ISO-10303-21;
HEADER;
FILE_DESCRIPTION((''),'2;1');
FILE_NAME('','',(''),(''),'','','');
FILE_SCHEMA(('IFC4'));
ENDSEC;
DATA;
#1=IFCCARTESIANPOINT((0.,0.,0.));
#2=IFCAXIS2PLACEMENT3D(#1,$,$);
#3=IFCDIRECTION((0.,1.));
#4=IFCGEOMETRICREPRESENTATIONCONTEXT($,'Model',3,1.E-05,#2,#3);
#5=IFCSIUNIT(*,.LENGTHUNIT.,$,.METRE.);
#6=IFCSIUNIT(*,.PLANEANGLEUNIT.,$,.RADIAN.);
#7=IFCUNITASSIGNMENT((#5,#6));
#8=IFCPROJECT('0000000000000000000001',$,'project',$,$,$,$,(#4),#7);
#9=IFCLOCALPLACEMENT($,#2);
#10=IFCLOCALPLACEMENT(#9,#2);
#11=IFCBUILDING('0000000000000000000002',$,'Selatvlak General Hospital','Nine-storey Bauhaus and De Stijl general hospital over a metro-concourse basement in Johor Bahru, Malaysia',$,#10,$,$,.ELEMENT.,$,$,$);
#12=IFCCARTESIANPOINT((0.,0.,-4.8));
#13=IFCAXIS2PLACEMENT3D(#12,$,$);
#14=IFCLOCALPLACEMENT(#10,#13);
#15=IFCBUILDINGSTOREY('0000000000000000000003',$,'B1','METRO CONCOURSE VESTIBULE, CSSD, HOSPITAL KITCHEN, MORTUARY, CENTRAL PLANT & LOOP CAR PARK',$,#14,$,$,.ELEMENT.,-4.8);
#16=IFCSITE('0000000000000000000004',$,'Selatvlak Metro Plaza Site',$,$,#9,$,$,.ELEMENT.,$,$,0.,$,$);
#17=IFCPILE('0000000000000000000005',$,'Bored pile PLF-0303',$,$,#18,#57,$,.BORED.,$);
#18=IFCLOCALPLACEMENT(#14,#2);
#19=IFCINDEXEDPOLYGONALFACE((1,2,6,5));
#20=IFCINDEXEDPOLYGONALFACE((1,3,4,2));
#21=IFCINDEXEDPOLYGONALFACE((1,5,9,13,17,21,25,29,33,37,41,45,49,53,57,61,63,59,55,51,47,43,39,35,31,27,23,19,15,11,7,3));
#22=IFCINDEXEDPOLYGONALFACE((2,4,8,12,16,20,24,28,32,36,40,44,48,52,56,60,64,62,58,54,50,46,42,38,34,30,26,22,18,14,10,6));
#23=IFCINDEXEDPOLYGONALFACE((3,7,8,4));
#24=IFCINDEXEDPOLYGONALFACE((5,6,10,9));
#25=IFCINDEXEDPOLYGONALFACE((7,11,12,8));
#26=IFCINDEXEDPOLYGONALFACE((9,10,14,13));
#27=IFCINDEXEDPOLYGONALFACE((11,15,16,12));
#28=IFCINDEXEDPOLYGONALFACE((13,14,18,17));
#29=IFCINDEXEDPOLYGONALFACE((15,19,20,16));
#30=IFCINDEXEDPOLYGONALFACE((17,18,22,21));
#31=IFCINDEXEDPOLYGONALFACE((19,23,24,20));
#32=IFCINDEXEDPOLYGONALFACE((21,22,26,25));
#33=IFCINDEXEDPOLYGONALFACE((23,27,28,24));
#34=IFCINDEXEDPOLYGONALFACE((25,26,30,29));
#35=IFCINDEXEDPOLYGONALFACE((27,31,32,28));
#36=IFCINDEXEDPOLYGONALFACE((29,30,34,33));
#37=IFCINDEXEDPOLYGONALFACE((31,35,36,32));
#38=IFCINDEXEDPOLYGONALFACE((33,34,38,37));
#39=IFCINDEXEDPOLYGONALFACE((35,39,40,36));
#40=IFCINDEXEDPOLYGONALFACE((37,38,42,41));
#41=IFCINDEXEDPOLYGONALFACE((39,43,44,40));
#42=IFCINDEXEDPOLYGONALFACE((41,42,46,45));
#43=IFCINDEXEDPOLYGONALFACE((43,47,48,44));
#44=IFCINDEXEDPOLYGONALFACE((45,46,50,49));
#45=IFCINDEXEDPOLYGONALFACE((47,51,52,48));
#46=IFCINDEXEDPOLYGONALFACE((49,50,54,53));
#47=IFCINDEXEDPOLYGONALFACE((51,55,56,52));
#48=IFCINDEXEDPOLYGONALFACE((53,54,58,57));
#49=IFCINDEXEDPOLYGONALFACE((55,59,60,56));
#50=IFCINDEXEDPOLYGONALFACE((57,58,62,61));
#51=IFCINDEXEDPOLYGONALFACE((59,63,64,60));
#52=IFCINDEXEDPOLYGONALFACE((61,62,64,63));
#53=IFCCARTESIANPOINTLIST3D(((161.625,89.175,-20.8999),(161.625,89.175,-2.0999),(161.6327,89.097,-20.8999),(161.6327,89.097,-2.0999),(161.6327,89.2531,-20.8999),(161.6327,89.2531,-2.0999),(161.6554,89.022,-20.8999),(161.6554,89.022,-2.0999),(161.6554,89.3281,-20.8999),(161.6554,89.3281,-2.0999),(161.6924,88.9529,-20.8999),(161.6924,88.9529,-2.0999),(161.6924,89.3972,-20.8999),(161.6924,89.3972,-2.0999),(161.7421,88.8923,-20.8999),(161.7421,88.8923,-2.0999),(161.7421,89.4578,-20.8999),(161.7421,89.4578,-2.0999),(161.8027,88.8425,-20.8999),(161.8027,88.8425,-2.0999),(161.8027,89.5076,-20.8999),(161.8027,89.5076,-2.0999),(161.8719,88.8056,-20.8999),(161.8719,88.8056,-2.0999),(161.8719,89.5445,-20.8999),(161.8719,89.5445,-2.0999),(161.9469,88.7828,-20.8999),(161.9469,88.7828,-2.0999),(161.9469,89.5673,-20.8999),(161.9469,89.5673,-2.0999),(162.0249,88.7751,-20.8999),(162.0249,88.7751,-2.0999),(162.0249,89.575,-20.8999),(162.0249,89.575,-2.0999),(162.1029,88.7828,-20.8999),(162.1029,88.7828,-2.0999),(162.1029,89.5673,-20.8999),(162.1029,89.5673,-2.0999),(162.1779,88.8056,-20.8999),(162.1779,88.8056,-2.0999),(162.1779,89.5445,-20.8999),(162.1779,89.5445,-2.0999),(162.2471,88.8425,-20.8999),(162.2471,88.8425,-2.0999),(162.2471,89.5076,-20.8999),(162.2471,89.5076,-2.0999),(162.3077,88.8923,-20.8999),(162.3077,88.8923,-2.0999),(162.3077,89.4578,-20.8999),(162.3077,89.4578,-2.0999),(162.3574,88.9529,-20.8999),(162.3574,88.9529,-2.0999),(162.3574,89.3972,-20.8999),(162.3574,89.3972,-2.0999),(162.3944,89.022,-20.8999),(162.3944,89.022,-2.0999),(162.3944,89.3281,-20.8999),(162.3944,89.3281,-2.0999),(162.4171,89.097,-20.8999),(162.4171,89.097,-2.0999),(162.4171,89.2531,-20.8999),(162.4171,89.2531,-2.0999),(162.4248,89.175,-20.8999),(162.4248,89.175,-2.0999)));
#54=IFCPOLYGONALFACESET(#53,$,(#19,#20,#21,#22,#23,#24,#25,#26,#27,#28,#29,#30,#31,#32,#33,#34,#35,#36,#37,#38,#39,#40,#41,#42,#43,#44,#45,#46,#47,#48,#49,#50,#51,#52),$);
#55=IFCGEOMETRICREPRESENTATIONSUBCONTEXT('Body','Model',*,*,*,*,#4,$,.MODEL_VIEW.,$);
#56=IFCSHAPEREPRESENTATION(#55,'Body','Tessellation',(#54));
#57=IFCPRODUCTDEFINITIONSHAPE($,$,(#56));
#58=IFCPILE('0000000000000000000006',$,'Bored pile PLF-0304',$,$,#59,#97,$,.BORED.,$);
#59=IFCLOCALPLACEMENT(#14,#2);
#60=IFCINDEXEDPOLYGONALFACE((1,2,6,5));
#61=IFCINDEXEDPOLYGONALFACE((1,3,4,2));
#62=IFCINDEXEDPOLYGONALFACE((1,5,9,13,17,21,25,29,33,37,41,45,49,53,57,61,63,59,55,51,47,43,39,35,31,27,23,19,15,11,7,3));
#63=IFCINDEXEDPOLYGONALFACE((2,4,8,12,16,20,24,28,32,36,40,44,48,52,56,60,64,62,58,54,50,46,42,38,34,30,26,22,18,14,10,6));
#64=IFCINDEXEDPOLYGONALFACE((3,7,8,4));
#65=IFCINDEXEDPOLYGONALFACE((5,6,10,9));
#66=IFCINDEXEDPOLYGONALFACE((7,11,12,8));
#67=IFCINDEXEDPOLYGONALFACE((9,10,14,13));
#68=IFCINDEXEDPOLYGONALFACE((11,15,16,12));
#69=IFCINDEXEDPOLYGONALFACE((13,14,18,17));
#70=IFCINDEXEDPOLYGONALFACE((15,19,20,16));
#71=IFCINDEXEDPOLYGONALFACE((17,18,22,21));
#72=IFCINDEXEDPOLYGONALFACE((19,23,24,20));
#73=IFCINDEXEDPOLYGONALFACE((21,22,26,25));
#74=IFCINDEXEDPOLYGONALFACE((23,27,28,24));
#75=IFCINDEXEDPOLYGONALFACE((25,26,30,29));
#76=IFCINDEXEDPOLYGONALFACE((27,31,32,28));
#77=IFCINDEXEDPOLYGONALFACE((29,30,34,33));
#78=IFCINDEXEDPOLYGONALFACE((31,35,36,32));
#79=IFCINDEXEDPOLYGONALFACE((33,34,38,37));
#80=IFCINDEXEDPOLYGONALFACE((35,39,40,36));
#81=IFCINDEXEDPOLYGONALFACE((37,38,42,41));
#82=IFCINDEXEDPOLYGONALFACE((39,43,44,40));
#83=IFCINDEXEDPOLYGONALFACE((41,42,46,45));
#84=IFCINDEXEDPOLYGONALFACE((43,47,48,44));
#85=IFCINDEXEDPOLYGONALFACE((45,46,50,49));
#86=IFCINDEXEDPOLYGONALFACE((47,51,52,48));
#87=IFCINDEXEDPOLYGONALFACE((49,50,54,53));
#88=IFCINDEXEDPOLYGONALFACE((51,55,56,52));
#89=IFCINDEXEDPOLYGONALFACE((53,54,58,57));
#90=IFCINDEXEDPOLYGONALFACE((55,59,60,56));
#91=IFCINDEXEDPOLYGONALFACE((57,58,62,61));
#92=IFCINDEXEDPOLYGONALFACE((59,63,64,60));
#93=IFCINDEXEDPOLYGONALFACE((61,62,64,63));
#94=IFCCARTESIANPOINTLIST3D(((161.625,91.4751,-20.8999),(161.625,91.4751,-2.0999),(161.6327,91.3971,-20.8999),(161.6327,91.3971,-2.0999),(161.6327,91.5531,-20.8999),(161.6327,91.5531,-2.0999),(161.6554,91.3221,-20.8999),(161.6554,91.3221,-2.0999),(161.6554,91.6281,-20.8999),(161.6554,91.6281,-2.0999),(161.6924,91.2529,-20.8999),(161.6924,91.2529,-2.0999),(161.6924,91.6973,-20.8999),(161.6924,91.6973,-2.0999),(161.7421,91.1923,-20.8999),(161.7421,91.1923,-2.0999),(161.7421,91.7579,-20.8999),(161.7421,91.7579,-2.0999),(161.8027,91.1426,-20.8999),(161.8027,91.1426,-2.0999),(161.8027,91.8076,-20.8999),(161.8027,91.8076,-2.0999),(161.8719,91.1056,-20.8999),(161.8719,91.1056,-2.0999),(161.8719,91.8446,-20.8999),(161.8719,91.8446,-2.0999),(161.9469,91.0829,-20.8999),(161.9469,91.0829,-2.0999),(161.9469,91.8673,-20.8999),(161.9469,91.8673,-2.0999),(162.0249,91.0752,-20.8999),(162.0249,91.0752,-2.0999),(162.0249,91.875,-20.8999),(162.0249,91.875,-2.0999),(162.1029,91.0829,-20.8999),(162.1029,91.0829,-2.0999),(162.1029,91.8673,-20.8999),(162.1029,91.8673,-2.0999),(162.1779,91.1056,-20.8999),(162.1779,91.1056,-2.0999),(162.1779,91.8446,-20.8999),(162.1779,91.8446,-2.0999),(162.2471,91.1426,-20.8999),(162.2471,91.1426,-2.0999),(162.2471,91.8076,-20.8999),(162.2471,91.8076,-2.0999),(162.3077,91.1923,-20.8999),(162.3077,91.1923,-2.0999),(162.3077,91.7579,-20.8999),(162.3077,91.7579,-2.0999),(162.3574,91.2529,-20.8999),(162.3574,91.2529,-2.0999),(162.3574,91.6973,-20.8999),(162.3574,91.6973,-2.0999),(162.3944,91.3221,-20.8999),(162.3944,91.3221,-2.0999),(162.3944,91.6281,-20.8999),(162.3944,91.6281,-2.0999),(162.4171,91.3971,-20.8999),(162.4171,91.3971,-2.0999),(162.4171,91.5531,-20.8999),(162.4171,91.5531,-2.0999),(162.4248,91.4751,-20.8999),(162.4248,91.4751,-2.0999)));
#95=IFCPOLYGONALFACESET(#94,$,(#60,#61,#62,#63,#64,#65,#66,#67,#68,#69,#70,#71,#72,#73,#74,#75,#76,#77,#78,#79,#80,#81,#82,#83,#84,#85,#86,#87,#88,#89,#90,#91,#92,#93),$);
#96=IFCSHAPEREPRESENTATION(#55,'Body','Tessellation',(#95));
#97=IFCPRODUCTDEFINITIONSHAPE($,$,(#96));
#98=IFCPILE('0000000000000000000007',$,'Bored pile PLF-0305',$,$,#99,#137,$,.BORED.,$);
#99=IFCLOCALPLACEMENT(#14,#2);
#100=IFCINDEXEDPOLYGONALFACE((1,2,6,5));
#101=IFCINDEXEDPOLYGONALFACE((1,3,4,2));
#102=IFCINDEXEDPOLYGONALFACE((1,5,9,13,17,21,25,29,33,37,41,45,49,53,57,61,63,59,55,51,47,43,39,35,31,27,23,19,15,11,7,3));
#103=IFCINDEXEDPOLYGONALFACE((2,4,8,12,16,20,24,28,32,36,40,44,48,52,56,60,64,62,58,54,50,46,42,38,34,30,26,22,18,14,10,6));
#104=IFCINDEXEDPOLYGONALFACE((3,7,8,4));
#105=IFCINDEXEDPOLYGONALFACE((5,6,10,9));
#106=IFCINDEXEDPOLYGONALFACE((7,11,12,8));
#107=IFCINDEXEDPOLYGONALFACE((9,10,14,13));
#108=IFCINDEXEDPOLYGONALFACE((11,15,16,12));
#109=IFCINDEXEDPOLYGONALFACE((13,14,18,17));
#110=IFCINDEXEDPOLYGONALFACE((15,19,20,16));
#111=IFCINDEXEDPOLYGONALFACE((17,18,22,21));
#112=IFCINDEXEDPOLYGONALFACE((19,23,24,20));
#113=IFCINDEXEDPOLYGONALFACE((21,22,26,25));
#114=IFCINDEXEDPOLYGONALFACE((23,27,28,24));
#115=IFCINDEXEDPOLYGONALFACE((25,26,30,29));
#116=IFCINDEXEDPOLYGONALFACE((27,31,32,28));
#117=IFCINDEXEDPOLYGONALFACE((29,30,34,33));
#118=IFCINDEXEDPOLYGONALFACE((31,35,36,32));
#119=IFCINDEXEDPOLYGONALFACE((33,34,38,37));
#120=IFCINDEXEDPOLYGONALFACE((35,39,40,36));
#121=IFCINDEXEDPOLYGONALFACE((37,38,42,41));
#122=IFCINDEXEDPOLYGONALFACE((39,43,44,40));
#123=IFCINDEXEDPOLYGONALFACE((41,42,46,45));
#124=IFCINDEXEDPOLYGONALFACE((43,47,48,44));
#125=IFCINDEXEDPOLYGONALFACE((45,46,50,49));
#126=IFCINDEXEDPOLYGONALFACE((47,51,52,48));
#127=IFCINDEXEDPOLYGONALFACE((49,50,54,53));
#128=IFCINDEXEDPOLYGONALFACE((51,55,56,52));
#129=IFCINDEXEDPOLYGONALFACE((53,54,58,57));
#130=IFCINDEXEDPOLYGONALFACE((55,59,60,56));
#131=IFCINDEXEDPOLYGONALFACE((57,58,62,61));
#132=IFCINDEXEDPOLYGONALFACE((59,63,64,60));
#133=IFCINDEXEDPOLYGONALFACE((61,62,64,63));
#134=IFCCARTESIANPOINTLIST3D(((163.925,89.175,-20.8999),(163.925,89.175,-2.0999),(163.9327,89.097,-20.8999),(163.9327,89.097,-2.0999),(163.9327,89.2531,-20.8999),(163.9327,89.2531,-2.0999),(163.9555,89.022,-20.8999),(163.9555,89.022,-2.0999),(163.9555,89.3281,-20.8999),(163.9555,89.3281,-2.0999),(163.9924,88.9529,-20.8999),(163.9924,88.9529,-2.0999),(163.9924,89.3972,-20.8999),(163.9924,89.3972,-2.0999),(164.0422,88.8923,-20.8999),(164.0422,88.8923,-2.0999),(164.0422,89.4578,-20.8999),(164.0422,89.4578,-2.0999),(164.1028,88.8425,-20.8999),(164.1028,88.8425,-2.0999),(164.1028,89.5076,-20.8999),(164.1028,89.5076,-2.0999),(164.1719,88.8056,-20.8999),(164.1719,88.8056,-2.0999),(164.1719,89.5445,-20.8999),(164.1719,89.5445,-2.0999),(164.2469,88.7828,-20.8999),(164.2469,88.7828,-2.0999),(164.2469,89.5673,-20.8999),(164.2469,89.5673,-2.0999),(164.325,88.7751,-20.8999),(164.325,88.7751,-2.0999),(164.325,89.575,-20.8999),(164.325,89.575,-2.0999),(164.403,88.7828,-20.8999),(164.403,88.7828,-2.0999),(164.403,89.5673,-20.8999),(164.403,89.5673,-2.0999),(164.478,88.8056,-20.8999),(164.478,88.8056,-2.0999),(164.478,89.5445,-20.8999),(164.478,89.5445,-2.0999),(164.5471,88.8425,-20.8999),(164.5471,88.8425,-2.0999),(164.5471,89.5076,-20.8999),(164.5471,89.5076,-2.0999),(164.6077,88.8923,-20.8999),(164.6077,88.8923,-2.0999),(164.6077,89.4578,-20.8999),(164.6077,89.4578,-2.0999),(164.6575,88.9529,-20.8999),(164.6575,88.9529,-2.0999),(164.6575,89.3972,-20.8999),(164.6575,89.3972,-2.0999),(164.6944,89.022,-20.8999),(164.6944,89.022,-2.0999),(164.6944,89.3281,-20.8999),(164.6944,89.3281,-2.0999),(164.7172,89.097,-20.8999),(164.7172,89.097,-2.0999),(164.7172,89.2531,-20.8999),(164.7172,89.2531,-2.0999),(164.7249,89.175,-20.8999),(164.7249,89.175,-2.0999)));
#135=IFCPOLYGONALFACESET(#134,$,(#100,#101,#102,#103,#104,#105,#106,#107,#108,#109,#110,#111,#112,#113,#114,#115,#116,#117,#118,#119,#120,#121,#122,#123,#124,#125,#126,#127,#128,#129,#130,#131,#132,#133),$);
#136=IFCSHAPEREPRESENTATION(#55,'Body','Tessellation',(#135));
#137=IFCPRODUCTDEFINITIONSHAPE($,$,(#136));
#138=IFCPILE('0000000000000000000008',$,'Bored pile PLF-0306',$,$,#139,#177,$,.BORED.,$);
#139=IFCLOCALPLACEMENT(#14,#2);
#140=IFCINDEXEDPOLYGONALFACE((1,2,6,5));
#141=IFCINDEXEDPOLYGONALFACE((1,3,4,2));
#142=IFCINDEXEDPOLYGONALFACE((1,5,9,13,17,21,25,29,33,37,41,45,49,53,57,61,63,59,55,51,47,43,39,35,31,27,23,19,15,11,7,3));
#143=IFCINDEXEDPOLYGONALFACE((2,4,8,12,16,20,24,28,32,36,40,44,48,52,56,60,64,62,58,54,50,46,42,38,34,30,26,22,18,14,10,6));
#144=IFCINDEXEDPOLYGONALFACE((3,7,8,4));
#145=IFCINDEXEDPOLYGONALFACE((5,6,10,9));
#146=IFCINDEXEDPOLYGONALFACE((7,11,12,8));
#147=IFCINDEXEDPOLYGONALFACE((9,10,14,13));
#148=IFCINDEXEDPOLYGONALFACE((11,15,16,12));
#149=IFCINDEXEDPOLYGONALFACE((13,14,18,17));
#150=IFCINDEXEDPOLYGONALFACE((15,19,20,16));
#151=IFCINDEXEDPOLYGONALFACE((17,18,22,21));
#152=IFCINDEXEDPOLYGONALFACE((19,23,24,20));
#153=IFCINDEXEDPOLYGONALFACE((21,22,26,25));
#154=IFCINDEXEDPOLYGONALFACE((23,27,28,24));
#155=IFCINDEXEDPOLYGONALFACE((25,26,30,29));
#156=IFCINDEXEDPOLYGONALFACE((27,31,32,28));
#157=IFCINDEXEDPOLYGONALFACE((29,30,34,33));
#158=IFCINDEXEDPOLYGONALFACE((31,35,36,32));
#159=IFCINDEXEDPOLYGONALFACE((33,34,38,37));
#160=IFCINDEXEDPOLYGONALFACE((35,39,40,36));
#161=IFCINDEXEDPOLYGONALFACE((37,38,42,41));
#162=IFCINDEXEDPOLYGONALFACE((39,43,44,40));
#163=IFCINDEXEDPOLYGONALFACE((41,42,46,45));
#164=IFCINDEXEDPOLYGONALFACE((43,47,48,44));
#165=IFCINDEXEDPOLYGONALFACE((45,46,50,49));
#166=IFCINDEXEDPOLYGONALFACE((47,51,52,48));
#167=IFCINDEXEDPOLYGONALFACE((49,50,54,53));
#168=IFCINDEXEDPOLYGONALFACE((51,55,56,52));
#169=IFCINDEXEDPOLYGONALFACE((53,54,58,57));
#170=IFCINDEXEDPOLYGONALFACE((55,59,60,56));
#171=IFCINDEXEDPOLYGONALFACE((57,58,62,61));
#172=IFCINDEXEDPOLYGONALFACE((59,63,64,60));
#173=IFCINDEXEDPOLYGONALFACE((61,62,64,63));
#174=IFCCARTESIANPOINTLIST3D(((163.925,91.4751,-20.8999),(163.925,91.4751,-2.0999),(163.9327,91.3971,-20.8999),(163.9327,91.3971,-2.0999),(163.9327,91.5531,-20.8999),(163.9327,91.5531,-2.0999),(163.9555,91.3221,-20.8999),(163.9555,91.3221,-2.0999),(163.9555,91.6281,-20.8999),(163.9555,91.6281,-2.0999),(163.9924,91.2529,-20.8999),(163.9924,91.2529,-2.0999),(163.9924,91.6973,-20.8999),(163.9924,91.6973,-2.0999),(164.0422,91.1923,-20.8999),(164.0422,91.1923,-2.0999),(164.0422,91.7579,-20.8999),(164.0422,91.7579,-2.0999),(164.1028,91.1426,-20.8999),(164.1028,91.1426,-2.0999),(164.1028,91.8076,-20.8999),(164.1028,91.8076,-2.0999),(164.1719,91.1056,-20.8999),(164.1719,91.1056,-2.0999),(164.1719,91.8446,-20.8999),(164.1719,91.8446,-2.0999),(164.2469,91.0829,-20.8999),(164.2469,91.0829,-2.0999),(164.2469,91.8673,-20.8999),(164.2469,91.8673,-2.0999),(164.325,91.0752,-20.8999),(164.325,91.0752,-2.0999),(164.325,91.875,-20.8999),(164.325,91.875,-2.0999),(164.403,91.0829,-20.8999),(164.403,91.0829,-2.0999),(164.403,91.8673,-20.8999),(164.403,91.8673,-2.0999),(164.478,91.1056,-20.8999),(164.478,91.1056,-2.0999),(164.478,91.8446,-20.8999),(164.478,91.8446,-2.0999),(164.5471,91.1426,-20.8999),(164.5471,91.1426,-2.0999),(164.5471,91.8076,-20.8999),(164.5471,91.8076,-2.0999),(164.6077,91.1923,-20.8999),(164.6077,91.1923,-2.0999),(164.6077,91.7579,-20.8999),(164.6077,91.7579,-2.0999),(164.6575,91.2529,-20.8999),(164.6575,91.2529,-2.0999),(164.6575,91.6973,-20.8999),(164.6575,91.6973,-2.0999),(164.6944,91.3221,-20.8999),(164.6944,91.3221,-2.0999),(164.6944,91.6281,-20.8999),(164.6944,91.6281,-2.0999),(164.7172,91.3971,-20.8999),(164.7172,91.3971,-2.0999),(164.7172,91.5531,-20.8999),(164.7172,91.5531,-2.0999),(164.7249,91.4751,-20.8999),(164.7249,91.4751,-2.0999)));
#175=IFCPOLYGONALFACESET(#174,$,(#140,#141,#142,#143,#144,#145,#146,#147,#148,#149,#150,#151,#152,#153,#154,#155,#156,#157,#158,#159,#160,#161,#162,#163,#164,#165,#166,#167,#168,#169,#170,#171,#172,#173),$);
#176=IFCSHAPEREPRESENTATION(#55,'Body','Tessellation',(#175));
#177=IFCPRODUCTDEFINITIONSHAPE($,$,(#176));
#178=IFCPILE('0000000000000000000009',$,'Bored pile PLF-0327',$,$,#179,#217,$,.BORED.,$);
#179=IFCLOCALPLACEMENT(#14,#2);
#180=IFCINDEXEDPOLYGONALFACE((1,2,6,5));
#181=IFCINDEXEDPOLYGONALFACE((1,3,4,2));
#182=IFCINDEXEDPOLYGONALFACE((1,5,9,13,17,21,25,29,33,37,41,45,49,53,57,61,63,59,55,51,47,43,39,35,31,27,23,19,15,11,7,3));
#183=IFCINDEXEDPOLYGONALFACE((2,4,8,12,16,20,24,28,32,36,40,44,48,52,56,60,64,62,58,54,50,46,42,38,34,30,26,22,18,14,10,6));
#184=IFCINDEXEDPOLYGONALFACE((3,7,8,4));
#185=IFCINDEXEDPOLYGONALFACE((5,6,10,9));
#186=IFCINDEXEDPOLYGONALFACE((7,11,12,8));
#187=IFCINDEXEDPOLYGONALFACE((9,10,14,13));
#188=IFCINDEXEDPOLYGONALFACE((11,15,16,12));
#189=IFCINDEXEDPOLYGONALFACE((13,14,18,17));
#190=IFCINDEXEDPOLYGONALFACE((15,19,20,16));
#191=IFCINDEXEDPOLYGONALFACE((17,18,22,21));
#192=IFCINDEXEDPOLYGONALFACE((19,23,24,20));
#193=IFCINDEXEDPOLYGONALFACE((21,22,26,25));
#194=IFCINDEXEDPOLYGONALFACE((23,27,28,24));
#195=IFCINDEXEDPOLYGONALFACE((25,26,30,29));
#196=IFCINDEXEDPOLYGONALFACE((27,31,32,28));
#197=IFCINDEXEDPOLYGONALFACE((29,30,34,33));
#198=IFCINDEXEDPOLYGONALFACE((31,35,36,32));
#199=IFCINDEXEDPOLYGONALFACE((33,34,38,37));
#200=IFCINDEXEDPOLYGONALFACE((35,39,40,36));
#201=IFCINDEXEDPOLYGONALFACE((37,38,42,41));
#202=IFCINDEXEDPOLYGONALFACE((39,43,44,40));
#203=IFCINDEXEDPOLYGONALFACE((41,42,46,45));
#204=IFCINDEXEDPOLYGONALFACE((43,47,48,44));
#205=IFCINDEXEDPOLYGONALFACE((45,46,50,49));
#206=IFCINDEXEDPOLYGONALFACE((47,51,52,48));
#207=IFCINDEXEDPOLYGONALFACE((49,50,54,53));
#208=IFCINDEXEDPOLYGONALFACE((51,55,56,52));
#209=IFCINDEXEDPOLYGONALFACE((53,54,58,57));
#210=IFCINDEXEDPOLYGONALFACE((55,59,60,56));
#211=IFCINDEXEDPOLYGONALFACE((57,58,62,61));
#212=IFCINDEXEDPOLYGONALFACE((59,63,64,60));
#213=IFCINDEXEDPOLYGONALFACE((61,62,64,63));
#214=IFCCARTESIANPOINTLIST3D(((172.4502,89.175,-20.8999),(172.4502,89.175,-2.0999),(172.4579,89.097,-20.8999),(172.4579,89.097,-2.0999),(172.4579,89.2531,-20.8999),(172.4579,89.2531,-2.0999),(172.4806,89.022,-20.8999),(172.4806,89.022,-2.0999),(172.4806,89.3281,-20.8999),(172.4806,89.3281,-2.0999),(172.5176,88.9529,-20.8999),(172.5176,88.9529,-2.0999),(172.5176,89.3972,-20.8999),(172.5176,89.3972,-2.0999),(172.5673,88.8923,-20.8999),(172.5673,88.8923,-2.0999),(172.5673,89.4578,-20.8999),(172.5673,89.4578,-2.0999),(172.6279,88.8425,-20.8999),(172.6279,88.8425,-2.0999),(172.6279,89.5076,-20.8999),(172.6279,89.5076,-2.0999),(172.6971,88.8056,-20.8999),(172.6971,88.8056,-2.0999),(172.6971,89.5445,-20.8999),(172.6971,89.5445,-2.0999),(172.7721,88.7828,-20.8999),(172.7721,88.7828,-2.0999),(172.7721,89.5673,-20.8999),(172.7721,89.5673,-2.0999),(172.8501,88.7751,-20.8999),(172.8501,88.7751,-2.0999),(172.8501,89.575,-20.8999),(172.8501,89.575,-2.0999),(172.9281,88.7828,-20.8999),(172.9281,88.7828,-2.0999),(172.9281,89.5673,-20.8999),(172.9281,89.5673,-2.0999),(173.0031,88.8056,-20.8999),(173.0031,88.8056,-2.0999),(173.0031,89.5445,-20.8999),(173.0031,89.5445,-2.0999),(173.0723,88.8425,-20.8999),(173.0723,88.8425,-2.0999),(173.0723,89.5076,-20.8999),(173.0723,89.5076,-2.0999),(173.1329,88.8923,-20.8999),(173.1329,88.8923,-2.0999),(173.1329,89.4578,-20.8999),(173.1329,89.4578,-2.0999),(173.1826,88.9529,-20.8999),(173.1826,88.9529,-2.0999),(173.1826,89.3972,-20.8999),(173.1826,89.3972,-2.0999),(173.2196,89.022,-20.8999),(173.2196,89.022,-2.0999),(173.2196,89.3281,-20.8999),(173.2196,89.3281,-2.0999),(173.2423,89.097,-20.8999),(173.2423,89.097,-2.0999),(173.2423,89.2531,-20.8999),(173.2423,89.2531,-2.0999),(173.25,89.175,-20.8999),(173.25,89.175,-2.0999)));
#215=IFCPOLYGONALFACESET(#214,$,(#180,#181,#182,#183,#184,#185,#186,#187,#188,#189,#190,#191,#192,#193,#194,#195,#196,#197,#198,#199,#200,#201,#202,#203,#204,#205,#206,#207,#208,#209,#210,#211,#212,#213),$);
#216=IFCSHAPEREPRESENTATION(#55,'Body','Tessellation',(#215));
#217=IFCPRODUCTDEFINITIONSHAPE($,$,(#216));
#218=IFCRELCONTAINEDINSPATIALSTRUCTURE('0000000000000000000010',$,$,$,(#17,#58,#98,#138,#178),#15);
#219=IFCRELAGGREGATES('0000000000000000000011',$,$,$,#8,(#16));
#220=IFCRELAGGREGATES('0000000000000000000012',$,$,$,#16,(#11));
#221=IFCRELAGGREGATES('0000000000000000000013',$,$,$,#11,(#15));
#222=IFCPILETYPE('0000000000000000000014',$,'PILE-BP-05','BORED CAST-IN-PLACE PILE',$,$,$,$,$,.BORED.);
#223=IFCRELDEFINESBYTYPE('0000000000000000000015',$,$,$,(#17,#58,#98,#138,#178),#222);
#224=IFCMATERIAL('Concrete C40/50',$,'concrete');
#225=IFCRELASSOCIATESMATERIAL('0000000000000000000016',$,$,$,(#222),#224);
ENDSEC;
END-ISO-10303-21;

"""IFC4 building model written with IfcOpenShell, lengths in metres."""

from ifc_helpers import new_model, si_unit, direction, frame, origin, origin_2d, place, context, subcontext, project, spatial, circle, extrude, material, material_profile, profile_set, type_object, element, save


model = new_model("IFC4")

# Units and contexts
model_context = context("Model", 3, precision=1e-05, world=origin(), true_north=direction((0.0, 1.0)))
body_context = subcontext(model_context, "Body", "Model", "MODEL_VIEW")
ifc_project = project(units=[si_unit("LENGTHUNIT", "METRE"), si_unit("PLANEANGLEUNIT", "RADIAN")], contexts=[model_context])

# Site, building, storey
site_placement = place(None, origin())
site = spatial("IfcSite", under=ifc_project, at=site_placement, Name="Selatvlak Metro Plaza Site", CompositionType="ELEMENT", RefElevation=0.0)
building_placement = place(site_placement, origin())
building = spatial("IfcBuilding", under=site, at=building_placement, Name="Selatvlak General Hospital", Description="Nine-storey Bauhaus and De Stijl general hospital over a metro-concourse basement in Johor Bahru, Malaysia", CompositionType="ELEMENT")
storey_placement = place(building_placement, frame((0.0, 0.0, -4.8)))
storey = spatial("IfcBuildingStorey", under=building, at=storey_placement, Name="B1", Description="METRO CONCOURSE VESTIBULE, CSSD, HOSPITAL KITCHEN, MORTUARY, CENTRAL PLANT & LOOP CAR PARK", CompositionType="ELEMENT", Elevation=-4.8)

# Shared definitions
ifc_material_1 = material(Name="Concrete C40/50", Category="concrete")

# Piles
ifc_material_profile_1 = material_profile(ifc_material_1, circle(Radius=0.3999, at=origin_2d()), Name="BORED PILE 800")
ifc_profile_set_1 = profile_set([ifc_material_profile_1], Name="Concrete C40/50")
pile_type_1 = type_object("IfcPileType", Name="PILE-BP-05", Description="BORED CAST-IN-PLACE PILE", PredefinedType="BORED", material=ifc_profile_set_1)
for number, where, z_axis, x_axis, name in (
    (1, (162.0249, 89.175, -2.0999), (0.0, 0.0, -1.0), (1.0, 0.0, 0.0), "Bored pile PLF-0303"),
    (2, (162.0249, 91.4751, -2.0999), (0.0, 0.0, -1.0), (1.0, 0.0, 0.0), "Bored pile PLF-0304"),
    (3, (164.325, 89.175, -2.0999), (0.0, 0.0, -1.0), (1.0, 0.0, 0.0), "Bored pile PLF-0305"),
    (4, (164.325, 91.4751, -2.0999), (0.0, 0.0, -1.0), (1.0, 0.0, 0.0), "Bored pile PLF-0306"),
    (5, (172.8501, 89.175, -2.0999), (0.0, 0.0, -1.0), (1.0, 0.0, 0.0), "Bored pile PLF-0327"),
):
    element("IfcPile", number, at=place(storey_placement, frame(where, z_axis=z_axis, x_axis=x_axis)), inside=storey, type_object=pile_type_1, Name=name, PredefinedType="BORED", context=body_context, shape_type="SweptSolid", body=[
        extrude(circle(Radius=0.3999, at=origin_2d()), origin(), (0.0, 0.0, 1.0), 18.8),
    ])

save(model, "model.ifc")
